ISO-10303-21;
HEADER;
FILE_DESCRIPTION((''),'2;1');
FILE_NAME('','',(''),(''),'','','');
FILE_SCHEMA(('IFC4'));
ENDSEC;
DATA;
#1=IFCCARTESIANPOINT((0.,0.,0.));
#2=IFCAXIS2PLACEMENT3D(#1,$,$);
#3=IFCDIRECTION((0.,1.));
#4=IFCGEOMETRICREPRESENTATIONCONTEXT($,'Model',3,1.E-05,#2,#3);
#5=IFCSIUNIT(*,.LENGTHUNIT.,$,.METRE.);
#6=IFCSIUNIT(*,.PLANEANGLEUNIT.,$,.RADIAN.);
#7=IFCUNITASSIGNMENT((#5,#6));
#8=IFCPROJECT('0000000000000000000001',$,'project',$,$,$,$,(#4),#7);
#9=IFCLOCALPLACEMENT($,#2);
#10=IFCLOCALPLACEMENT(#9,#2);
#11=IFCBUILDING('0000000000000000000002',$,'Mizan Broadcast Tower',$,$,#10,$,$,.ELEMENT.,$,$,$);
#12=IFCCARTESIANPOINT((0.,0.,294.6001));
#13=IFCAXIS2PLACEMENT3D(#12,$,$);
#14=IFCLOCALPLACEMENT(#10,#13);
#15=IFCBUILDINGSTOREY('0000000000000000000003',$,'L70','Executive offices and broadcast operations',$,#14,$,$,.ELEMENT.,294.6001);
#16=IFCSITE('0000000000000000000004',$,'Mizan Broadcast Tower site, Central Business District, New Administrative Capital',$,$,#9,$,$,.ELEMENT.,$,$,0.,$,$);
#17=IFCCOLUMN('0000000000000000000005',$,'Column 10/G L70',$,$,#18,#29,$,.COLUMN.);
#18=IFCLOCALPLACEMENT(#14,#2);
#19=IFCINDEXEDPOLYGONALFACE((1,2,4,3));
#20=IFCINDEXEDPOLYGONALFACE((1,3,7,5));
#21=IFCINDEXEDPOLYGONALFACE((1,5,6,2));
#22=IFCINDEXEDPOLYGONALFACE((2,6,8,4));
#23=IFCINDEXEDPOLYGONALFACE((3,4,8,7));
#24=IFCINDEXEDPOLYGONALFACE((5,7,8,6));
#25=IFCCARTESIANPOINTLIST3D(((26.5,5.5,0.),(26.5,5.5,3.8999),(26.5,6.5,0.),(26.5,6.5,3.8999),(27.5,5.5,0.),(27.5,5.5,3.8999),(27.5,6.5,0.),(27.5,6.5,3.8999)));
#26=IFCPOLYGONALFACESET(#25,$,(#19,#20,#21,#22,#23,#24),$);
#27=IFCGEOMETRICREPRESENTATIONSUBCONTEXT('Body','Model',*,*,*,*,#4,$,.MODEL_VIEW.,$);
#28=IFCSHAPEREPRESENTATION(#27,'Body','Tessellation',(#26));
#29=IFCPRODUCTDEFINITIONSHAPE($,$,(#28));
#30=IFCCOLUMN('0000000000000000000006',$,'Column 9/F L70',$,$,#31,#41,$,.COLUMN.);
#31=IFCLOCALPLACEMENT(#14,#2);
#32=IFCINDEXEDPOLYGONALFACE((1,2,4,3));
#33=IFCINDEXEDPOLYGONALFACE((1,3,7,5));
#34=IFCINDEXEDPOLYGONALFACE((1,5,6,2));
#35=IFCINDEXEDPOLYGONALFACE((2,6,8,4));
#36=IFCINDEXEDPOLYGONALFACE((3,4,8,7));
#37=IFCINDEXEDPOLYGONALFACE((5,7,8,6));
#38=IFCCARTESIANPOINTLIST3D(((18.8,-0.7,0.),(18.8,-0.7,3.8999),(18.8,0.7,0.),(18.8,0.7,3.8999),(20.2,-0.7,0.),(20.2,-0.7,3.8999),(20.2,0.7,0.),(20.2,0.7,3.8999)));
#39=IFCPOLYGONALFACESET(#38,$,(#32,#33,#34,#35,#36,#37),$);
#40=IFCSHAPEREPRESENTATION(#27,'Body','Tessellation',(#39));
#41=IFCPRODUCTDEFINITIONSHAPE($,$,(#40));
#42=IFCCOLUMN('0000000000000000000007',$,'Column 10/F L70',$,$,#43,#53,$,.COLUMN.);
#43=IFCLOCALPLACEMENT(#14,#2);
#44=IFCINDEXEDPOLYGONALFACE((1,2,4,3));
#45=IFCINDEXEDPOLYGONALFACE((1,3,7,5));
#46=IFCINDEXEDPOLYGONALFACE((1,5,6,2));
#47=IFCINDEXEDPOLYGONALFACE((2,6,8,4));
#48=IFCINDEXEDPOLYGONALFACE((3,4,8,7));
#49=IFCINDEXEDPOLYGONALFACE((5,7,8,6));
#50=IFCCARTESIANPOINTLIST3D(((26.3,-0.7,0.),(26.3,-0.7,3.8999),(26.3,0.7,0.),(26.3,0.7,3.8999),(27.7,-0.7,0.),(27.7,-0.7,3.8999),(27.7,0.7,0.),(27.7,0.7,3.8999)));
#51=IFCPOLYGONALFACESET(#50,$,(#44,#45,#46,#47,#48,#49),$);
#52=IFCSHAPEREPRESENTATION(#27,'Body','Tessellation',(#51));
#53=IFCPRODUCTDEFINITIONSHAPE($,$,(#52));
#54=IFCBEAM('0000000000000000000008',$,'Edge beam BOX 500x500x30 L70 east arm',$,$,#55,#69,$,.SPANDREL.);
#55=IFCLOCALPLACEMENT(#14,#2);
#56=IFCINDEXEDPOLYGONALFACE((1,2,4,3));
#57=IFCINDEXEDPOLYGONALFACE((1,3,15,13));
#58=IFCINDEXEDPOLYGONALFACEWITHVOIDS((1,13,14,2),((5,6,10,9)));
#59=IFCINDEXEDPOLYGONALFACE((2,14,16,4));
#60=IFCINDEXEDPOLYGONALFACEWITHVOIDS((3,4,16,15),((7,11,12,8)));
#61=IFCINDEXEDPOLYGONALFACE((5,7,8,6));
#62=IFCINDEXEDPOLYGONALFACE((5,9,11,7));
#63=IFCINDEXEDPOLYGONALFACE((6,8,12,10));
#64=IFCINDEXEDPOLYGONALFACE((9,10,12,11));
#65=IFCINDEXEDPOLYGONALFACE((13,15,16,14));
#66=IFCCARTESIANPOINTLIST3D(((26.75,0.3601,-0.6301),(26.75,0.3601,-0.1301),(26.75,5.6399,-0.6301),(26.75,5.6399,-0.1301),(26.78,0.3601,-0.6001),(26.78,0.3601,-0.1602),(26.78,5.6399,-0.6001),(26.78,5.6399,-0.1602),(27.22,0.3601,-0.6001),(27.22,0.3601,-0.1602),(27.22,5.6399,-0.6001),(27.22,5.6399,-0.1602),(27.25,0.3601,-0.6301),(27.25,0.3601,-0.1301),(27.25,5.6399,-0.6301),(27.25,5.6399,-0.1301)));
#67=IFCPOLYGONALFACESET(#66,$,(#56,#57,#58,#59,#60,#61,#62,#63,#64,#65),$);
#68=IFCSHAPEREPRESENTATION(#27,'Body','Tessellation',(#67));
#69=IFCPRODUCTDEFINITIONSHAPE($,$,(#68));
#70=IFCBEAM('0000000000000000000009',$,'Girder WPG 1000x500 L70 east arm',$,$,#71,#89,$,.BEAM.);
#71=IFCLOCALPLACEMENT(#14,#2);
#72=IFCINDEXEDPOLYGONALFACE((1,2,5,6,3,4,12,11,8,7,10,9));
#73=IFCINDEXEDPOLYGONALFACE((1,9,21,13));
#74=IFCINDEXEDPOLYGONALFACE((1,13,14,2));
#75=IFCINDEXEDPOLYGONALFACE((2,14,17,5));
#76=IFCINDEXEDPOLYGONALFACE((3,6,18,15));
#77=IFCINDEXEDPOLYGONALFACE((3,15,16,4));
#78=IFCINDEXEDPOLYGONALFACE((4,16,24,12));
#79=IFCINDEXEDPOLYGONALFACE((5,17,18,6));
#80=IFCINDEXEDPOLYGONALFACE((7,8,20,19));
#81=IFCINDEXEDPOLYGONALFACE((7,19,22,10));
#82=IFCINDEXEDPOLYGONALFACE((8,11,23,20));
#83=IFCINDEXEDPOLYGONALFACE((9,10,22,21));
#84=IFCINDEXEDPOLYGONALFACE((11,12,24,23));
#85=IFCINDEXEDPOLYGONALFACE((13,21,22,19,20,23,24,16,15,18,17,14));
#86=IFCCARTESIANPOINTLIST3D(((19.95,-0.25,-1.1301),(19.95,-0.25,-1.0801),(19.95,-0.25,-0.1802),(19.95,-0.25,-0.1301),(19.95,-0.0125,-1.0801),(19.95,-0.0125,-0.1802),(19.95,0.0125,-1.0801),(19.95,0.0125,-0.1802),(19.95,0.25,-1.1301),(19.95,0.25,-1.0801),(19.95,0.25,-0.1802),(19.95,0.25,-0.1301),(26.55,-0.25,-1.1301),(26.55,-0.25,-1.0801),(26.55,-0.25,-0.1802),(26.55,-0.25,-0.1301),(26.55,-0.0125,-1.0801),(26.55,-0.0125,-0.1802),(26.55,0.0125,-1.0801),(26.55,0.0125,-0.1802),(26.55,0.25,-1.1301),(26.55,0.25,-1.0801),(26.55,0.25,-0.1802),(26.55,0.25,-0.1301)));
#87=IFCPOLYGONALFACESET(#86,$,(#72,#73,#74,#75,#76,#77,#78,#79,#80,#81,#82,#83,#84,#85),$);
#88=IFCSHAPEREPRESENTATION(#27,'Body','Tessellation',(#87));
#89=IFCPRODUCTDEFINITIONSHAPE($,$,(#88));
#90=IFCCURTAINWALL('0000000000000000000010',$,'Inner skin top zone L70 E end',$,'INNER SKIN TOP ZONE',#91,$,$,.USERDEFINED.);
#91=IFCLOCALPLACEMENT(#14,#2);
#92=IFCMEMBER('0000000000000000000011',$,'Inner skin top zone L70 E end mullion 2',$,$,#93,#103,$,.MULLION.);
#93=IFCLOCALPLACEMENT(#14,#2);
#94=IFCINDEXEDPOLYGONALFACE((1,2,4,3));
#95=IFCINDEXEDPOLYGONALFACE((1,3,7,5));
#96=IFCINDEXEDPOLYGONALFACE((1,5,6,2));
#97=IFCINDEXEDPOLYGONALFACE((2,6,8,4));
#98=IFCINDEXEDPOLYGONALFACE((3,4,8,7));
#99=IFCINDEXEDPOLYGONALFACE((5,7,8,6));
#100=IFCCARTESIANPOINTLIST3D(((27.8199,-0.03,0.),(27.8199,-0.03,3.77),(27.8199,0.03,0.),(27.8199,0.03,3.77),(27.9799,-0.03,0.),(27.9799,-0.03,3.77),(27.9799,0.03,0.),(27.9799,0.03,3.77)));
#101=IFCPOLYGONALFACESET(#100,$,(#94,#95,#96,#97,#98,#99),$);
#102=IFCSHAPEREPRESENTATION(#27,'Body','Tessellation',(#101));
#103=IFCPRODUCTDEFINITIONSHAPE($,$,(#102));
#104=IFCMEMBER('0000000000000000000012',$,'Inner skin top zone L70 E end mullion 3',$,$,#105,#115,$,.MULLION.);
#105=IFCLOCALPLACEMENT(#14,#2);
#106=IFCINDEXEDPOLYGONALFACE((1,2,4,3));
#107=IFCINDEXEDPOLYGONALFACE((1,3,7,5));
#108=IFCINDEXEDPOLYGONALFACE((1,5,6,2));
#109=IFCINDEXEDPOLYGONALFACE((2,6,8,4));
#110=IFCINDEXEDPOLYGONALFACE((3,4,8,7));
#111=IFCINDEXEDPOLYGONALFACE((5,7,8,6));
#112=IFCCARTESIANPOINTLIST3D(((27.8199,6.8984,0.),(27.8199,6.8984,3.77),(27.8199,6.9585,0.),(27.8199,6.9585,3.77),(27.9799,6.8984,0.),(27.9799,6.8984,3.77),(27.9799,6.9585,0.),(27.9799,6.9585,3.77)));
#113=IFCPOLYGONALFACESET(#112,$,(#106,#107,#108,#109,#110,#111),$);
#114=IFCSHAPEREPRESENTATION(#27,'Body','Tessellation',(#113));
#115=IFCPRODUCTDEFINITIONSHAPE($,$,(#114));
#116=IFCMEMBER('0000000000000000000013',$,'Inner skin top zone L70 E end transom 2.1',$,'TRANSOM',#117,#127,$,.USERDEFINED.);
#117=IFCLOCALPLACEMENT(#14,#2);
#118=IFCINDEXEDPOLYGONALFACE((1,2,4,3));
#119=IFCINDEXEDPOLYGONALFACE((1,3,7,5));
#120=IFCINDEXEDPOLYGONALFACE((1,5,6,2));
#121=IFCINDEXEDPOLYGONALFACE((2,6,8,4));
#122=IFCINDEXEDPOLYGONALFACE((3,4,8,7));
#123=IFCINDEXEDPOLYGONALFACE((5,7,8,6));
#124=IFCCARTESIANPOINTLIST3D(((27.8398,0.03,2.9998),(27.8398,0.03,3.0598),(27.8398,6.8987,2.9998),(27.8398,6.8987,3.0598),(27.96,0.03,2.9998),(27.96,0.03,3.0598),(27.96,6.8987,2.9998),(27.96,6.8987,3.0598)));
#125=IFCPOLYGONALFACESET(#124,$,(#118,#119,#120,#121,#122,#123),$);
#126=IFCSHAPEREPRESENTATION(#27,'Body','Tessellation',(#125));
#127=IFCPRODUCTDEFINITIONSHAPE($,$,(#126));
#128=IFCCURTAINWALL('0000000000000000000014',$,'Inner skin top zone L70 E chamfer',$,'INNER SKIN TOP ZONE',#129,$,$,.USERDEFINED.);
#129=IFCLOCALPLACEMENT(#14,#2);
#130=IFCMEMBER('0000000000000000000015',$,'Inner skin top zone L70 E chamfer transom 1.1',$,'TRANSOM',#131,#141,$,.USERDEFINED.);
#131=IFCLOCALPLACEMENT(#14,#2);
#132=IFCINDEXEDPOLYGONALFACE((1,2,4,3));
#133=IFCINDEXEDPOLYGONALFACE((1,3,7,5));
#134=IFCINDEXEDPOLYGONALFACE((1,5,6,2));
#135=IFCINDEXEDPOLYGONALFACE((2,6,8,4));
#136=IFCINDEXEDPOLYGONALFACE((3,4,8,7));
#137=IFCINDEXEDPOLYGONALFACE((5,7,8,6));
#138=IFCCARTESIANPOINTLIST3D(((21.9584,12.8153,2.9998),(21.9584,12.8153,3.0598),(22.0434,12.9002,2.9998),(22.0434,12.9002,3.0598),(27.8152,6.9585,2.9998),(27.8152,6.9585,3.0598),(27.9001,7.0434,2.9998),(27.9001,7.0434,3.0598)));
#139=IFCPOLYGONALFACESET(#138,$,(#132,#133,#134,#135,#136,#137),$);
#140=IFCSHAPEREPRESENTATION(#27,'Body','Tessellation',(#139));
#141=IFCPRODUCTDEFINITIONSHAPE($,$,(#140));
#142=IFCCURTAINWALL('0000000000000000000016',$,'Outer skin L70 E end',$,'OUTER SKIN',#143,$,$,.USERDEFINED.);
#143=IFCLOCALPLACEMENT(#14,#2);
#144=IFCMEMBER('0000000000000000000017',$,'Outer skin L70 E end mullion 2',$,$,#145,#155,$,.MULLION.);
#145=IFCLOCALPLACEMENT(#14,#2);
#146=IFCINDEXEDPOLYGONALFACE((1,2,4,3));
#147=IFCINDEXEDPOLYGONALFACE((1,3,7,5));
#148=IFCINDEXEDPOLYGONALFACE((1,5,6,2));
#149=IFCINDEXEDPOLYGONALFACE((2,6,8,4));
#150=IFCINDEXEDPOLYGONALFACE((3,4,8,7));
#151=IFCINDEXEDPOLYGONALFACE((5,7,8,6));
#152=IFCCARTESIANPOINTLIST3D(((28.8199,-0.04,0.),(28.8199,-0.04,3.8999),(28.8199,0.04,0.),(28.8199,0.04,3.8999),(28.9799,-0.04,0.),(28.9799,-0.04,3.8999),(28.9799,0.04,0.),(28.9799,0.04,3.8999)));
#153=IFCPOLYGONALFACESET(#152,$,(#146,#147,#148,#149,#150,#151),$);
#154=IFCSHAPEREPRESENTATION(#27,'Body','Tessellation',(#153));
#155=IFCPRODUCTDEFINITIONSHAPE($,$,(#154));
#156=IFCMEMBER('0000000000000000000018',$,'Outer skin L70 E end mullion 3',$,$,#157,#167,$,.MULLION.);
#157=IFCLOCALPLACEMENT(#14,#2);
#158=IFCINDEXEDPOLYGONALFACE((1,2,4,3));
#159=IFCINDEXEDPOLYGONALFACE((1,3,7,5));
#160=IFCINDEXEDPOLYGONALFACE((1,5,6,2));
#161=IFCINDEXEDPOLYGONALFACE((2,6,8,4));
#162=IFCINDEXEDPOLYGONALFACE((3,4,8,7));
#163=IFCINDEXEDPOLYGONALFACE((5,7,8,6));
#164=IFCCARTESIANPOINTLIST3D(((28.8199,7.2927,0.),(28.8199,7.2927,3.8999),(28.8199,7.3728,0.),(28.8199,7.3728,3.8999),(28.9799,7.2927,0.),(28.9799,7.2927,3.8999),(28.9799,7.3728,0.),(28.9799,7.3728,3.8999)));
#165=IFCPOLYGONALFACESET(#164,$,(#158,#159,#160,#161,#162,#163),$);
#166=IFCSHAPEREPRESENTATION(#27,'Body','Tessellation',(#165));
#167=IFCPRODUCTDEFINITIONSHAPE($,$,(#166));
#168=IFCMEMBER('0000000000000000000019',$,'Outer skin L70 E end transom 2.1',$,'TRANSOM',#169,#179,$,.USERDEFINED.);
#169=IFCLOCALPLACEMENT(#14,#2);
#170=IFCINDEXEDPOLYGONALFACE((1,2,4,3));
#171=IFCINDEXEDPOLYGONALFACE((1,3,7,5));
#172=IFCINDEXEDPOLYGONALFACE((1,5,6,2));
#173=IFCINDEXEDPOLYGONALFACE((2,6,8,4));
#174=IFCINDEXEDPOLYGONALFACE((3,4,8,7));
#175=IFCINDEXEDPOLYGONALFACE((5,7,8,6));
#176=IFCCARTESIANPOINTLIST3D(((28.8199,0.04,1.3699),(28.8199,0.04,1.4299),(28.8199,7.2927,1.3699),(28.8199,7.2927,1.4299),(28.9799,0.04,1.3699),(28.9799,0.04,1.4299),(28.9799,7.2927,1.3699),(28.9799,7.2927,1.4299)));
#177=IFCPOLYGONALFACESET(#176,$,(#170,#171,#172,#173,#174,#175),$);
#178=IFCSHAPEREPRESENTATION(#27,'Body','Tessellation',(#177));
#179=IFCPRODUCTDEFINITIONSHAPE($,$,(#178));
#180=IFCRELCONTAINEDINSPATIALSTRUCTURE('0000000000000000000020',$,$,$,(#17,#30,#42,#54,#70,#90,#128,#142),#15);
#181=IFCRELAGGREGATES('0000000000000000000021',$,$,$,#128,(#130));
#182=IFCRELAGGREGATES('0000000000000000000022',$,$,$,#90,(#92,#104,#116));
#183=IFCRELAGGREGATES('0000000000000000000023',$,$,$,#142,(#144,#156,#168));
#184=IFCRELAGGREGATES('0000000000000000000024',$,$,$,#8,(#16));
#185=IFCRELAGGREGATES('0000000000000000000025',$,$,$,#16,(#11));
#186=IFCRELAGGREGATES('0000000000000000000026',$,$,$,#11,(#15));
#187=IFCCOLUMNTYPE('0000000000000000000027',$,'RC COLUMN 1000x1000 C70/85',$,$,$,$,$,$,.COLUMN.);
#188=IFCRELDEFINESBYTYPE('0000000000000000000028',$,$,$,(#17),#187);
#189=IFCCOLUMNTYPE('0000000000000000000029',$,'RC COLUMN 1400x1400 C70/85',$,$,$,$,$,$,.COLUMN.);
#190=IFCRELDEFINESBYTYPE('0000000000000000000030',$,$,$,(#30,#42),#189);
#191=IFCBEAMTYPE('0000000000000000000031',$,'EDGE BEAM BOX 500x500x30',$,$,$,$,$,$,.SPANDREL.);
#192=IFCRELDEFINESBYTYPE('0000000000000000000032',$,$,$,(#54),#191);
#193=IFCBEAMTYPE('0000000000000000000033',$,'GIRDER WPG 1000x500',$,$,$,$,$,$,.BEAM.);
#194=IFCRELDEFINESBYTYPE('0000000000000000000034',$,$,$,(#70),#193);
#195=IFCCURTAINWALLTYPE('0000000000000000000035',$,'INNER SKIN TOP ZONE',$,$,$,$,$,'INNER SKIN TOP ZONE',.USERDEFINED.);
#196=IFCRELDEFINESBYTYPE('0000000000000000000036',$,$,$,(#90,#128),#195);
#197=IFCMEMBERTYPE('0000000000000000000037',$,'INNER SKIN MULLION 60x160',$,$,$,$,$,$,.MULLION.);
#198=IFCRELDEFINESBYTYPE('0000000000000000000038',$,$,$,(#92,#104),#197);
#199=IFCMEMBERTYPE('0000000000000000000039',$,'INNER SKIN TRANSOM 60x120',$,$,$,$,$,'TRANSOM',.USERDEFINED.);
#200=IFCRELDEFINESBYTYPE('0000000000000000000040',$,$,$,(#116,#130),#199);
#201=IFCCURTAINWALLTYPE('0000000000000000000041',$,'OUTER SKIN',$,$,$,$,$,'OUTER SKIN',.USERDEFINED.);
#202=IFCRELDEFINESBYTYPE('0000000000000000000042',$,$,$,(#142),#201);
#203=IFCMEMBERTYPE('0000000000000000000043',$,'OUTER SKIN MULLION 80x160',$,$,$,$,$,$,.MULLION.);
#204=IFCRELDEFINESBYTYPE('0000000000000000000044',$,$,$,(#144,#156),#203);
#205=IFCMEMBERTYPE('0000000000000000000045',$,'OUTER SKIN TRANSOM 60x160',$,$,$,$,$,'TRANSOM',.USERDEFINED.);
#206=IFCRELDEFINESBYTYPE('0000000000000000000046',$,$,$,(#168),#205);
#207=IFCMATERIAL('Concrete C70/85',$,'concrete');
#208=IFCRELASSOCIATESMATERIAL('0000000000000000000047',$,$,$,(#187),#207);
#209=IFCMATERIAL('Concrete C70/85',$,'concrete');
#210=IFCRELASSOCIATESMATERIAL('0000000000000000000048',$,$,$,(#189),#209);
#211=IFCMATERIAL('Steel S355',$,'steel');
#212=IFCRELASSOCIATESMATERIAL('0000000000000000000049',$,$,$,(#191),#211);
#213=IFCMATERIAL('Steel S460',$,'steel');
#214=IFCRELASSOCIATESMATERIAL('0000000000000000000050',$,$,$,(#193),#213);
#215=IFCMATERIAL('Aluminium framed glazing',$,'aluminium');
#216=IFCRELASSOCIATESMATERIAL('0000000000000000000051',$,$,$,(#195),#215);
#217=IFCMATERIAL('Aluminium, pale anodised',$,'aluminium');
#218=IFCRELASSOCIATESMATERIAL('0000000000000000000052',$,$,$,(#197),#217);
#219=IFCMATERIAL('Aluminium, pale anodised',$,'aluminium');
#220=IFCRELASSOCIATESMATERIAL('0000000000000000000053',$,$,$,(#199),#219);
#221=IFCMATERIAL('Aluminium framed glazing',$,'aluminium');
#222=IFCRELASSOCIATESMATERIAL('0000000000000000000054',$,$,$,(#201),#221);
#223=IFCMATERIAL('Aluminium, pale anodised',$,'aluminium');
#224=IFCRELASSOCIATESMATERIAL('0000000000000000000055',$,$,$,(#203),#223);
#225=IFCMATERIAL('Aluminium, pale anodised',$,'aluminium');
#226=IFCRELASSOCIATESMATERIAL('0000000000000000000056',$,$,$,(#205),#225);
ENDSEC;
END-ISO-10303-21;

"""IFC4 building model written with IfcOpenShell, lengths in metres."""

from ifc_helpers import new_model, si_unit, direction, frame, origin, origin_2d, place, context, subcontext, project, spatial, rectangle, hollow_rectangle, i_section, extrude, material, material_profile, profile_set, type_object, element, aggregate, save


model = new_model("IFC4")

# Units and contexts
model_context = context("Model", 3, precision=1e-05, world=origin(), true_north=direction((0.0, 1.0)))
body_context = subcontext(model_context, "Body", "Model", "MODEL_VIEW")
ifc_project = project(units=[si_unit("LENGTHUNIT", "METRE"), si_unit("PLANEANGLEUNIT", "RADIAN")], contexts=[model_context])

# Site, building, storey
site_placement = place(None, origin())
site = spatial("IfcSite", under=ifc_project, at=site_placement, Name="Mizan Broadcast Tower site, Central Business District, New Administrative Capital", CompositionType="ELEMENT", RefElevation=0.0)
building_placement = place(site_placement, origin())
building = spatial("IfcBuilding", under=site, at=building_placement, Name="Mizan Broadcast Tower", CompositionType="ELEMENT")
storey_placement = place(building_placement, frame((0.0, 0.0, 294.6001)))
storey = spatial("IfcBuildingStorey", under=building, at=storey_placement, Name="L70", Description="Executive offices and broadcast operations", CompositionType="ELEMENT", Elevation=294.6001)

# Columns
ifc_material_1 = material(Name="Concrete C70/85", Category="concrete")
ifc_material_profile_1 = material_profile(ifc_material_1, rectangle(XDim=1.0, YDim=1.0, at=origin_2d()), Name="RC 1000x1000")
ifc_profile_set_1 = profile_set([ifc_material_profile_1], Name="Concrete C70/85")
column_type_1 = type_object("IfcColumnType", Name="RC COLUMN 1000x1000 C70/85", PredefinedType="COLUMN", material=ifc_profile_set_1)
column_placement = place(storey_placement, frame((27.0, 6.0, 0.0), z_axis=(0.0, 0.0, 1.0), x_axis=(1.0, 0.0, 0.0)))
element("IfcColumn", 1, at=column_placement, inside=storey, type_object=column_type_1, Name="Column 10/G L70", PredefinedType="COLUMN", context=body_context, shape_type="SweptSolid", body=[
    extrude(rectangle(XDim=1.0, YDim=1.0, at=origin_2d()), origin(), (0.0, 0.0, 1.0), 3.8999),
])
ifc_material_2 = material(Name="Concrete C70/85", Category="concrete")
ifc_material_profile_2 = material_profile(ifc_material_2, rectangle(XDim=1.3999, YDim=1.3999, at=origin_2d()), Name="RC 1400x1400")
ifc_profile_set_2 = profile_set([ifc_material_profile_2], Name="Concrete C70/85")
column_type_2 = type_object("IfcColumnType", Name="RC COLUMN 1400x1400 C70/85", PredefinedType="COLUMN", material=ifc_profile_set_2)
for number, where, z_axis, x_axis, name in (
    (2, (19.5, 0.0, 0.0), (0.0, 0.0, 1.0), (1.0, 0.0, 0.0), "Column 9/F L70"),
    (3, (27.0, 0.0, 0.0), (0.0, 0.0, 1.0), (1.0, 0.0, 0.0), "Column 10/F L70"),
):
    element("IfcColumn", number, at=place(storey_placement, frame(where, z_axis=z_axis, x_axis=x_axis)), inside=storey, type_object=column_type_2, Name=name, PredefinedType="COLUMN", context=body_context, shape_type="SweptSolid", body=[
        extrude(rectangle(XDim=1.3999, YDim=1.3999, at=origin_2d()), origin(), (0.0, 0.0, 1.0), 3.8999),
    ])

# Beams
ifc_material_3 = material(Name="Steel S355", Category="steel")
ifc_material_profile_3 = material_profile(ifc_material_3, hollow_rectangle(XDim=0.5, YDim=0.5, WallThickness=0.03, at=origin_2d()), Name="BOX 500x500x30")
ifc_profile_set_3 = profile_set([ifc_material_profile_3], Name="Steel S355")
beam_type_1 = type_object("IfcBeamType", Name="EDGE BEAM BOX 500x500x30", PredefinedType="SPANDREL", material=ifc_profile_set_3)
beam_1_placement = place(storey_placement, frame((27.0, 5.6399, -0.3801), z_axis=(0.0, -1.0, 0.0), x_axis=(1.0, 0.0, 0.0)))
element("IfcBeam", 4, at=beam_1_placement, inside=storey, type_object=beam_type_1, Name="Edge beam BOX 500x500x30 L70 east arm", PredefinedType="SPANDREL", context=body_context, shape_type="SweptSolid", body=[
    extrude(hollow_rectangle(XDim=0.5, YDim=0.5, WallThickness=0.03, at=origin_2d()), origin(), (0.0, 0.0, 1.0), 5.2798),
])
ifc_material_4 = material(Name="Steel S460", Category="steel")
ifc_material_profile_4 = material_profile(ifc_material_4, i_section(OverallWidth=0.5, OverallDepth=1.0, WebThickness=0.0249, FlangeThickness=0.05, at=origin_2d()), Name="WPG 1000x500")
ifc_profile_set_4 = profile_set([ifc_material_profile_4], Name="Steel S460")
beam_type_2 = type_object("IfcBeamType", Name="GIRDER WPG 1000x500", PredefinedType="BEAM", material=ifc_profile_set_4)
beam_2_placement = place(storey_placement, frame((19.95, 0.0, -0.6301), z_axis=(1.0, 0.0, 0.0), x_axis=(0.0, 1.0, 0.0)))
element("IfcBeam", 5, at=beam_2_placement, inside=storey, type_object=beam_type_2, Name="Girder WPG 1000x500 L70 east arm", PredefinedType="BEAM", context=body_context, shape_type="SweptSolid", body=[
    extrude(i_section(OverallWidth=0.5, OverallDepth=1.0, WebThickness=0.0249, FlangeThickness=0.05, at=origin_2d()), origin(), (0.0, 0.0, 1.0), 6.6001),
])

# Curtain wall, members
ifc_material_5 = material(Name="Aluminium framed glazing", Category="aluminium")
curtain_wall_type_1 = type_object("IfcCurtainWallType", Name="INNER SKIN TOP ZONE", ElementType="INNER SKIN TOP ZONE", PredefinedType="USERDEFINED", material=ifc_material_5)
curtain_wall_1_placement = place(storey_placement, origin())
curtain_wall_1 = element("IfcCurtainWall", 6, at=curtain_wall_1_placement, inside=storey, type_object=curtain_wall_type_1, Name="Inner skin top zone L70 E end", ObjectType="INNER SKIN TOP ZONE", PredefinedType="USERDEFINED")
ifc_material_6 = material(Name="Aluminium, pale anodised", Category="aluminium")
ifc_material_profile_5 = material_profile(ifc_material_6, rectangle(XDim=0.1599, YDim=0.0601, at=origin_2d()), Name="MULLION 160x60")
ifc_profile_set_5 = profile_set([ifc_material_profile_5], Name="Aluminium, pale anodised")
member_type_1 = type_object("IfcMemberType", Name="INNER SKIN MULLION 60x160", PredefinedType="MULLION", material=ifc_profile_set_5)
member_1_placement = place(storey_placement, frame((27.8999, 0.0, 0.0), z_axis=(0.0, 0.0, 1.0), x_axis=(-1.0, 0.0, 0.0)))
member_1 = element("IfcMember", 7, at=member_1_placement, type_object=member_type_1, Name="Inner skin top zone L70 E end mullion 2", PredefinedType="MULLION", context=body_context, shape_type="SweptSolid", body=[
    extrude(rectangle(XDim=0.1599, YDim=0.0601, at=origin_2d()), origin(), (0.0, 0.0, 1.0), 3.77),
])
member_2_placement = place(storey_placement, frame((27.8999, 6.9285, 0.0), z_axis=(0.0, 0.0, 1.0), x_axis=(-1.0, 0.0, 0.0)))
member_2 = element("IfcMember", 8, at=member_2_placement, type_object=member_type_1, Name="Inner skin top zone L70 E end mullion 3", PredefinedType="MULLION", context=body_context, shape_type="SweptSolid", body=[
    extrude(rectangle(XDim=0.1599, YDim=0.0601, at=origin_2d()), origin(), (0.0, 0.0, 1.0), 3.77),
])
ifc_material_7 = material(Name="Aluminium, pale anodised", Category="aluminium")
ifc_material_profile_6 = material_profile(ifc_material_7, rectangle(XDim=0.1201, YDim=0.0601, at=origin_2d()), Name="TRANSOM 120x60")
ifc_profile_set_6 = profile_set([ifc_material_profile_6], Name="Aluminium, pale anodised")
member_type_2 = type_object("IfcMemberType", Name="INNER SKIN TRANSOM 60x120", ElementType="TRANSOM", PredefinedType="USERDEFINED", material=ifc_profile_set_6)
member_3_placement = place(storey_placement, frame((27.8999, 0.03, 3.0298), z_axis=(0.0, 1.0, 0.0), x_axis=(-1.0, 0.0, 0.0)))
member_3 = element("IfcMember", 9, at=member_3_placement, type_object=member_type_2, Name="Inner skin top zone L70 E end transom 2.1", ObjectType="TRANSOM", PredefinedType="USERDEFINED", context=body_context, shape_type="SweptSolid", body=[
    extrude(rectangle(XDim=0.1201, YDim=0.0601, at=origin_2d()), origin(), (0.0, 0.0, 1.0), 6.8687),
])

# Curtain wall, member
curtain_wall_2_placement = place(storey_placement, origin())
curtain_wall_2 = element("IfcCurtainWall", 10, at=curtain_wall_2_placement, inside=storey, type_object=curtain_wall_type_1, Name="Inner skin top zone L70 E chamfer", ObjectType="INNER SKIN TOP ZONE", PredefinedType="USERDEFINED")
member_4_placement = place(storey_placement, frame((27.8577, 7.001, 3.0298), z_axis=(-0.707107, 0.707107, 0.0), x_axis=(-0.707107, -0.707107, 0.0)))
member_4 = element("IfcMember", 11, at=member_4_placement, type_object=member_type_2, Name="Inner skin top zone L70 E chamfer transom 1.1", ObjectType="TRANSOM", PredefinedType="USERDEFINED", context=body_context, shape_type="SweptSolid", body=[
    extrude(rectangle(XDim=0.1201, YDim=0.0601, at=origin_2d()), origin(), (0.0, 0.0, 1.0), 8.2827),
])
aggregate(curtain_wall_2, [member_4])

# Curtain wall, members
ifc_material_8 = material(Name="Aluminium framed glazing", Category="aluminium")
curtain_wall_type_2 = type_object("IfcCurtainWallType", Name="OUTER SKIN", ElementType="OUTER SKIN", PredefinedType="USERDEFINED", material=ifc_material_8)
curtain_wall_3_placement = place(storey_placement, origin())
curtain_wall_3 = element("IfcCurtainWall", 12, at=curtain_wall_3_placement, inside=storey, type_object=curtain_wall_type_2, Name="Outer skin L70 E end", ObjectType="OUTER SKIN", PredefinedType="USERDEFINED")
ifc_material_9 = material(Name="Aluminium, pale anodised", Category="aluminium")
ifc_material_profile_7 = material_profile(ifc_material_9, rectangle(XDim=0.1599, YDim=0.0801, at=origin_2d()), Name="MULLION 160x80")
ifc_profile_set_7 = profile_set([ifc_material_profile_7], Name="Aluminium, pale anodised")
member_type_3 = type_object("IfcMemberType", Name="OUTER SKIN MULLION 80x160", PredefinedType="MULLION", material=ifc_profile_set_7)
member_5_placement = place(storey_placement, frame((28.8999, 0.0, 0.0), z_axis=(0.0, 0.0, 1.0), x_axis=(-1.0, 0.0, 0.0)))
member_5 = element("IfcMember", 13, at=member_5_placement, type_object=member_type_3, Name="Outer skin L70 E end mullion 2", PredefinedType="MULLION", context=body_context, shape_type="SweptSolid", body=[
    extrude(rectangle(XDim=0.1599, YDim=0.0801, at=origin_2d()), origin(), (0.0, 0.0, 1.0), 3.8999),
])
member_6_placement = place(storey_placement, frame((28.8999, 7.3328, 0.0), z_axis=(0.0, 0.0, 1.0), x_axis=(-1.0, 0.0, 0.0)))
member_6 = element("IfcMember", 14, at=member_6_placement, type_object=member_type_3, Name="Outer skin L70 E end mullion 3", PredefinedType="MULLION", context=body_context, shape_type="SweptSolid", body=[
    extrude(rectangle(XDim=0.1599, YDim=0.0801, at=origin_2d()), origin(), (0.0, 0.0, 1.0), 3.8999),
])
ifc_material_10 = material(Name="Aluminium, pale anodised", Category="aluminium")
ifc_material_profile_8 = material_profile(ifc_material_10, rectangle(XDim=0.1599, YDim=0.0601, at=origin_2d()), Name="TRANSOM 160x60")
ifc_profile_set_8 = profile_set([ifc_material_profile_8], Name="Aluminium, pale anodised")
member_type_4 = type_object("IfcMemberType", Name="OUTER SKIN TRANSOM 60x160", ElementType="TRANSOM", PredefinedType="USERDEFINED", material=ifc_profile_set_8)
member_7_placement = place(storey_placement, frame((28.8999, 0.04, 1.3999), z_axis=(0.0, 1.0, 0.0), x_axis=(-1.0, 0.0, 0.0)))
member_7 = element("IfcMember", 15, at=member_7_placement, type_object=member_type_4, Name="Outer skin L70 E end transom 2.1", ObjectType="TRANSOM", PredefinedType="USERDEFINED", context=body_context, shape_type="SweptSolid", body=[
    extrude(rectangle(XDim=0.1599, YDim=0.0601, at=origin_2d()), origin(), (0.0, 0.0, 1.0), 7.2527),
])

aggregate(curtain_wall_1, [member_1, member_2, member_3])
aggregate(curtain_wall_3, [member_5, member_6, member_7])

save(model, "model.ifc")
